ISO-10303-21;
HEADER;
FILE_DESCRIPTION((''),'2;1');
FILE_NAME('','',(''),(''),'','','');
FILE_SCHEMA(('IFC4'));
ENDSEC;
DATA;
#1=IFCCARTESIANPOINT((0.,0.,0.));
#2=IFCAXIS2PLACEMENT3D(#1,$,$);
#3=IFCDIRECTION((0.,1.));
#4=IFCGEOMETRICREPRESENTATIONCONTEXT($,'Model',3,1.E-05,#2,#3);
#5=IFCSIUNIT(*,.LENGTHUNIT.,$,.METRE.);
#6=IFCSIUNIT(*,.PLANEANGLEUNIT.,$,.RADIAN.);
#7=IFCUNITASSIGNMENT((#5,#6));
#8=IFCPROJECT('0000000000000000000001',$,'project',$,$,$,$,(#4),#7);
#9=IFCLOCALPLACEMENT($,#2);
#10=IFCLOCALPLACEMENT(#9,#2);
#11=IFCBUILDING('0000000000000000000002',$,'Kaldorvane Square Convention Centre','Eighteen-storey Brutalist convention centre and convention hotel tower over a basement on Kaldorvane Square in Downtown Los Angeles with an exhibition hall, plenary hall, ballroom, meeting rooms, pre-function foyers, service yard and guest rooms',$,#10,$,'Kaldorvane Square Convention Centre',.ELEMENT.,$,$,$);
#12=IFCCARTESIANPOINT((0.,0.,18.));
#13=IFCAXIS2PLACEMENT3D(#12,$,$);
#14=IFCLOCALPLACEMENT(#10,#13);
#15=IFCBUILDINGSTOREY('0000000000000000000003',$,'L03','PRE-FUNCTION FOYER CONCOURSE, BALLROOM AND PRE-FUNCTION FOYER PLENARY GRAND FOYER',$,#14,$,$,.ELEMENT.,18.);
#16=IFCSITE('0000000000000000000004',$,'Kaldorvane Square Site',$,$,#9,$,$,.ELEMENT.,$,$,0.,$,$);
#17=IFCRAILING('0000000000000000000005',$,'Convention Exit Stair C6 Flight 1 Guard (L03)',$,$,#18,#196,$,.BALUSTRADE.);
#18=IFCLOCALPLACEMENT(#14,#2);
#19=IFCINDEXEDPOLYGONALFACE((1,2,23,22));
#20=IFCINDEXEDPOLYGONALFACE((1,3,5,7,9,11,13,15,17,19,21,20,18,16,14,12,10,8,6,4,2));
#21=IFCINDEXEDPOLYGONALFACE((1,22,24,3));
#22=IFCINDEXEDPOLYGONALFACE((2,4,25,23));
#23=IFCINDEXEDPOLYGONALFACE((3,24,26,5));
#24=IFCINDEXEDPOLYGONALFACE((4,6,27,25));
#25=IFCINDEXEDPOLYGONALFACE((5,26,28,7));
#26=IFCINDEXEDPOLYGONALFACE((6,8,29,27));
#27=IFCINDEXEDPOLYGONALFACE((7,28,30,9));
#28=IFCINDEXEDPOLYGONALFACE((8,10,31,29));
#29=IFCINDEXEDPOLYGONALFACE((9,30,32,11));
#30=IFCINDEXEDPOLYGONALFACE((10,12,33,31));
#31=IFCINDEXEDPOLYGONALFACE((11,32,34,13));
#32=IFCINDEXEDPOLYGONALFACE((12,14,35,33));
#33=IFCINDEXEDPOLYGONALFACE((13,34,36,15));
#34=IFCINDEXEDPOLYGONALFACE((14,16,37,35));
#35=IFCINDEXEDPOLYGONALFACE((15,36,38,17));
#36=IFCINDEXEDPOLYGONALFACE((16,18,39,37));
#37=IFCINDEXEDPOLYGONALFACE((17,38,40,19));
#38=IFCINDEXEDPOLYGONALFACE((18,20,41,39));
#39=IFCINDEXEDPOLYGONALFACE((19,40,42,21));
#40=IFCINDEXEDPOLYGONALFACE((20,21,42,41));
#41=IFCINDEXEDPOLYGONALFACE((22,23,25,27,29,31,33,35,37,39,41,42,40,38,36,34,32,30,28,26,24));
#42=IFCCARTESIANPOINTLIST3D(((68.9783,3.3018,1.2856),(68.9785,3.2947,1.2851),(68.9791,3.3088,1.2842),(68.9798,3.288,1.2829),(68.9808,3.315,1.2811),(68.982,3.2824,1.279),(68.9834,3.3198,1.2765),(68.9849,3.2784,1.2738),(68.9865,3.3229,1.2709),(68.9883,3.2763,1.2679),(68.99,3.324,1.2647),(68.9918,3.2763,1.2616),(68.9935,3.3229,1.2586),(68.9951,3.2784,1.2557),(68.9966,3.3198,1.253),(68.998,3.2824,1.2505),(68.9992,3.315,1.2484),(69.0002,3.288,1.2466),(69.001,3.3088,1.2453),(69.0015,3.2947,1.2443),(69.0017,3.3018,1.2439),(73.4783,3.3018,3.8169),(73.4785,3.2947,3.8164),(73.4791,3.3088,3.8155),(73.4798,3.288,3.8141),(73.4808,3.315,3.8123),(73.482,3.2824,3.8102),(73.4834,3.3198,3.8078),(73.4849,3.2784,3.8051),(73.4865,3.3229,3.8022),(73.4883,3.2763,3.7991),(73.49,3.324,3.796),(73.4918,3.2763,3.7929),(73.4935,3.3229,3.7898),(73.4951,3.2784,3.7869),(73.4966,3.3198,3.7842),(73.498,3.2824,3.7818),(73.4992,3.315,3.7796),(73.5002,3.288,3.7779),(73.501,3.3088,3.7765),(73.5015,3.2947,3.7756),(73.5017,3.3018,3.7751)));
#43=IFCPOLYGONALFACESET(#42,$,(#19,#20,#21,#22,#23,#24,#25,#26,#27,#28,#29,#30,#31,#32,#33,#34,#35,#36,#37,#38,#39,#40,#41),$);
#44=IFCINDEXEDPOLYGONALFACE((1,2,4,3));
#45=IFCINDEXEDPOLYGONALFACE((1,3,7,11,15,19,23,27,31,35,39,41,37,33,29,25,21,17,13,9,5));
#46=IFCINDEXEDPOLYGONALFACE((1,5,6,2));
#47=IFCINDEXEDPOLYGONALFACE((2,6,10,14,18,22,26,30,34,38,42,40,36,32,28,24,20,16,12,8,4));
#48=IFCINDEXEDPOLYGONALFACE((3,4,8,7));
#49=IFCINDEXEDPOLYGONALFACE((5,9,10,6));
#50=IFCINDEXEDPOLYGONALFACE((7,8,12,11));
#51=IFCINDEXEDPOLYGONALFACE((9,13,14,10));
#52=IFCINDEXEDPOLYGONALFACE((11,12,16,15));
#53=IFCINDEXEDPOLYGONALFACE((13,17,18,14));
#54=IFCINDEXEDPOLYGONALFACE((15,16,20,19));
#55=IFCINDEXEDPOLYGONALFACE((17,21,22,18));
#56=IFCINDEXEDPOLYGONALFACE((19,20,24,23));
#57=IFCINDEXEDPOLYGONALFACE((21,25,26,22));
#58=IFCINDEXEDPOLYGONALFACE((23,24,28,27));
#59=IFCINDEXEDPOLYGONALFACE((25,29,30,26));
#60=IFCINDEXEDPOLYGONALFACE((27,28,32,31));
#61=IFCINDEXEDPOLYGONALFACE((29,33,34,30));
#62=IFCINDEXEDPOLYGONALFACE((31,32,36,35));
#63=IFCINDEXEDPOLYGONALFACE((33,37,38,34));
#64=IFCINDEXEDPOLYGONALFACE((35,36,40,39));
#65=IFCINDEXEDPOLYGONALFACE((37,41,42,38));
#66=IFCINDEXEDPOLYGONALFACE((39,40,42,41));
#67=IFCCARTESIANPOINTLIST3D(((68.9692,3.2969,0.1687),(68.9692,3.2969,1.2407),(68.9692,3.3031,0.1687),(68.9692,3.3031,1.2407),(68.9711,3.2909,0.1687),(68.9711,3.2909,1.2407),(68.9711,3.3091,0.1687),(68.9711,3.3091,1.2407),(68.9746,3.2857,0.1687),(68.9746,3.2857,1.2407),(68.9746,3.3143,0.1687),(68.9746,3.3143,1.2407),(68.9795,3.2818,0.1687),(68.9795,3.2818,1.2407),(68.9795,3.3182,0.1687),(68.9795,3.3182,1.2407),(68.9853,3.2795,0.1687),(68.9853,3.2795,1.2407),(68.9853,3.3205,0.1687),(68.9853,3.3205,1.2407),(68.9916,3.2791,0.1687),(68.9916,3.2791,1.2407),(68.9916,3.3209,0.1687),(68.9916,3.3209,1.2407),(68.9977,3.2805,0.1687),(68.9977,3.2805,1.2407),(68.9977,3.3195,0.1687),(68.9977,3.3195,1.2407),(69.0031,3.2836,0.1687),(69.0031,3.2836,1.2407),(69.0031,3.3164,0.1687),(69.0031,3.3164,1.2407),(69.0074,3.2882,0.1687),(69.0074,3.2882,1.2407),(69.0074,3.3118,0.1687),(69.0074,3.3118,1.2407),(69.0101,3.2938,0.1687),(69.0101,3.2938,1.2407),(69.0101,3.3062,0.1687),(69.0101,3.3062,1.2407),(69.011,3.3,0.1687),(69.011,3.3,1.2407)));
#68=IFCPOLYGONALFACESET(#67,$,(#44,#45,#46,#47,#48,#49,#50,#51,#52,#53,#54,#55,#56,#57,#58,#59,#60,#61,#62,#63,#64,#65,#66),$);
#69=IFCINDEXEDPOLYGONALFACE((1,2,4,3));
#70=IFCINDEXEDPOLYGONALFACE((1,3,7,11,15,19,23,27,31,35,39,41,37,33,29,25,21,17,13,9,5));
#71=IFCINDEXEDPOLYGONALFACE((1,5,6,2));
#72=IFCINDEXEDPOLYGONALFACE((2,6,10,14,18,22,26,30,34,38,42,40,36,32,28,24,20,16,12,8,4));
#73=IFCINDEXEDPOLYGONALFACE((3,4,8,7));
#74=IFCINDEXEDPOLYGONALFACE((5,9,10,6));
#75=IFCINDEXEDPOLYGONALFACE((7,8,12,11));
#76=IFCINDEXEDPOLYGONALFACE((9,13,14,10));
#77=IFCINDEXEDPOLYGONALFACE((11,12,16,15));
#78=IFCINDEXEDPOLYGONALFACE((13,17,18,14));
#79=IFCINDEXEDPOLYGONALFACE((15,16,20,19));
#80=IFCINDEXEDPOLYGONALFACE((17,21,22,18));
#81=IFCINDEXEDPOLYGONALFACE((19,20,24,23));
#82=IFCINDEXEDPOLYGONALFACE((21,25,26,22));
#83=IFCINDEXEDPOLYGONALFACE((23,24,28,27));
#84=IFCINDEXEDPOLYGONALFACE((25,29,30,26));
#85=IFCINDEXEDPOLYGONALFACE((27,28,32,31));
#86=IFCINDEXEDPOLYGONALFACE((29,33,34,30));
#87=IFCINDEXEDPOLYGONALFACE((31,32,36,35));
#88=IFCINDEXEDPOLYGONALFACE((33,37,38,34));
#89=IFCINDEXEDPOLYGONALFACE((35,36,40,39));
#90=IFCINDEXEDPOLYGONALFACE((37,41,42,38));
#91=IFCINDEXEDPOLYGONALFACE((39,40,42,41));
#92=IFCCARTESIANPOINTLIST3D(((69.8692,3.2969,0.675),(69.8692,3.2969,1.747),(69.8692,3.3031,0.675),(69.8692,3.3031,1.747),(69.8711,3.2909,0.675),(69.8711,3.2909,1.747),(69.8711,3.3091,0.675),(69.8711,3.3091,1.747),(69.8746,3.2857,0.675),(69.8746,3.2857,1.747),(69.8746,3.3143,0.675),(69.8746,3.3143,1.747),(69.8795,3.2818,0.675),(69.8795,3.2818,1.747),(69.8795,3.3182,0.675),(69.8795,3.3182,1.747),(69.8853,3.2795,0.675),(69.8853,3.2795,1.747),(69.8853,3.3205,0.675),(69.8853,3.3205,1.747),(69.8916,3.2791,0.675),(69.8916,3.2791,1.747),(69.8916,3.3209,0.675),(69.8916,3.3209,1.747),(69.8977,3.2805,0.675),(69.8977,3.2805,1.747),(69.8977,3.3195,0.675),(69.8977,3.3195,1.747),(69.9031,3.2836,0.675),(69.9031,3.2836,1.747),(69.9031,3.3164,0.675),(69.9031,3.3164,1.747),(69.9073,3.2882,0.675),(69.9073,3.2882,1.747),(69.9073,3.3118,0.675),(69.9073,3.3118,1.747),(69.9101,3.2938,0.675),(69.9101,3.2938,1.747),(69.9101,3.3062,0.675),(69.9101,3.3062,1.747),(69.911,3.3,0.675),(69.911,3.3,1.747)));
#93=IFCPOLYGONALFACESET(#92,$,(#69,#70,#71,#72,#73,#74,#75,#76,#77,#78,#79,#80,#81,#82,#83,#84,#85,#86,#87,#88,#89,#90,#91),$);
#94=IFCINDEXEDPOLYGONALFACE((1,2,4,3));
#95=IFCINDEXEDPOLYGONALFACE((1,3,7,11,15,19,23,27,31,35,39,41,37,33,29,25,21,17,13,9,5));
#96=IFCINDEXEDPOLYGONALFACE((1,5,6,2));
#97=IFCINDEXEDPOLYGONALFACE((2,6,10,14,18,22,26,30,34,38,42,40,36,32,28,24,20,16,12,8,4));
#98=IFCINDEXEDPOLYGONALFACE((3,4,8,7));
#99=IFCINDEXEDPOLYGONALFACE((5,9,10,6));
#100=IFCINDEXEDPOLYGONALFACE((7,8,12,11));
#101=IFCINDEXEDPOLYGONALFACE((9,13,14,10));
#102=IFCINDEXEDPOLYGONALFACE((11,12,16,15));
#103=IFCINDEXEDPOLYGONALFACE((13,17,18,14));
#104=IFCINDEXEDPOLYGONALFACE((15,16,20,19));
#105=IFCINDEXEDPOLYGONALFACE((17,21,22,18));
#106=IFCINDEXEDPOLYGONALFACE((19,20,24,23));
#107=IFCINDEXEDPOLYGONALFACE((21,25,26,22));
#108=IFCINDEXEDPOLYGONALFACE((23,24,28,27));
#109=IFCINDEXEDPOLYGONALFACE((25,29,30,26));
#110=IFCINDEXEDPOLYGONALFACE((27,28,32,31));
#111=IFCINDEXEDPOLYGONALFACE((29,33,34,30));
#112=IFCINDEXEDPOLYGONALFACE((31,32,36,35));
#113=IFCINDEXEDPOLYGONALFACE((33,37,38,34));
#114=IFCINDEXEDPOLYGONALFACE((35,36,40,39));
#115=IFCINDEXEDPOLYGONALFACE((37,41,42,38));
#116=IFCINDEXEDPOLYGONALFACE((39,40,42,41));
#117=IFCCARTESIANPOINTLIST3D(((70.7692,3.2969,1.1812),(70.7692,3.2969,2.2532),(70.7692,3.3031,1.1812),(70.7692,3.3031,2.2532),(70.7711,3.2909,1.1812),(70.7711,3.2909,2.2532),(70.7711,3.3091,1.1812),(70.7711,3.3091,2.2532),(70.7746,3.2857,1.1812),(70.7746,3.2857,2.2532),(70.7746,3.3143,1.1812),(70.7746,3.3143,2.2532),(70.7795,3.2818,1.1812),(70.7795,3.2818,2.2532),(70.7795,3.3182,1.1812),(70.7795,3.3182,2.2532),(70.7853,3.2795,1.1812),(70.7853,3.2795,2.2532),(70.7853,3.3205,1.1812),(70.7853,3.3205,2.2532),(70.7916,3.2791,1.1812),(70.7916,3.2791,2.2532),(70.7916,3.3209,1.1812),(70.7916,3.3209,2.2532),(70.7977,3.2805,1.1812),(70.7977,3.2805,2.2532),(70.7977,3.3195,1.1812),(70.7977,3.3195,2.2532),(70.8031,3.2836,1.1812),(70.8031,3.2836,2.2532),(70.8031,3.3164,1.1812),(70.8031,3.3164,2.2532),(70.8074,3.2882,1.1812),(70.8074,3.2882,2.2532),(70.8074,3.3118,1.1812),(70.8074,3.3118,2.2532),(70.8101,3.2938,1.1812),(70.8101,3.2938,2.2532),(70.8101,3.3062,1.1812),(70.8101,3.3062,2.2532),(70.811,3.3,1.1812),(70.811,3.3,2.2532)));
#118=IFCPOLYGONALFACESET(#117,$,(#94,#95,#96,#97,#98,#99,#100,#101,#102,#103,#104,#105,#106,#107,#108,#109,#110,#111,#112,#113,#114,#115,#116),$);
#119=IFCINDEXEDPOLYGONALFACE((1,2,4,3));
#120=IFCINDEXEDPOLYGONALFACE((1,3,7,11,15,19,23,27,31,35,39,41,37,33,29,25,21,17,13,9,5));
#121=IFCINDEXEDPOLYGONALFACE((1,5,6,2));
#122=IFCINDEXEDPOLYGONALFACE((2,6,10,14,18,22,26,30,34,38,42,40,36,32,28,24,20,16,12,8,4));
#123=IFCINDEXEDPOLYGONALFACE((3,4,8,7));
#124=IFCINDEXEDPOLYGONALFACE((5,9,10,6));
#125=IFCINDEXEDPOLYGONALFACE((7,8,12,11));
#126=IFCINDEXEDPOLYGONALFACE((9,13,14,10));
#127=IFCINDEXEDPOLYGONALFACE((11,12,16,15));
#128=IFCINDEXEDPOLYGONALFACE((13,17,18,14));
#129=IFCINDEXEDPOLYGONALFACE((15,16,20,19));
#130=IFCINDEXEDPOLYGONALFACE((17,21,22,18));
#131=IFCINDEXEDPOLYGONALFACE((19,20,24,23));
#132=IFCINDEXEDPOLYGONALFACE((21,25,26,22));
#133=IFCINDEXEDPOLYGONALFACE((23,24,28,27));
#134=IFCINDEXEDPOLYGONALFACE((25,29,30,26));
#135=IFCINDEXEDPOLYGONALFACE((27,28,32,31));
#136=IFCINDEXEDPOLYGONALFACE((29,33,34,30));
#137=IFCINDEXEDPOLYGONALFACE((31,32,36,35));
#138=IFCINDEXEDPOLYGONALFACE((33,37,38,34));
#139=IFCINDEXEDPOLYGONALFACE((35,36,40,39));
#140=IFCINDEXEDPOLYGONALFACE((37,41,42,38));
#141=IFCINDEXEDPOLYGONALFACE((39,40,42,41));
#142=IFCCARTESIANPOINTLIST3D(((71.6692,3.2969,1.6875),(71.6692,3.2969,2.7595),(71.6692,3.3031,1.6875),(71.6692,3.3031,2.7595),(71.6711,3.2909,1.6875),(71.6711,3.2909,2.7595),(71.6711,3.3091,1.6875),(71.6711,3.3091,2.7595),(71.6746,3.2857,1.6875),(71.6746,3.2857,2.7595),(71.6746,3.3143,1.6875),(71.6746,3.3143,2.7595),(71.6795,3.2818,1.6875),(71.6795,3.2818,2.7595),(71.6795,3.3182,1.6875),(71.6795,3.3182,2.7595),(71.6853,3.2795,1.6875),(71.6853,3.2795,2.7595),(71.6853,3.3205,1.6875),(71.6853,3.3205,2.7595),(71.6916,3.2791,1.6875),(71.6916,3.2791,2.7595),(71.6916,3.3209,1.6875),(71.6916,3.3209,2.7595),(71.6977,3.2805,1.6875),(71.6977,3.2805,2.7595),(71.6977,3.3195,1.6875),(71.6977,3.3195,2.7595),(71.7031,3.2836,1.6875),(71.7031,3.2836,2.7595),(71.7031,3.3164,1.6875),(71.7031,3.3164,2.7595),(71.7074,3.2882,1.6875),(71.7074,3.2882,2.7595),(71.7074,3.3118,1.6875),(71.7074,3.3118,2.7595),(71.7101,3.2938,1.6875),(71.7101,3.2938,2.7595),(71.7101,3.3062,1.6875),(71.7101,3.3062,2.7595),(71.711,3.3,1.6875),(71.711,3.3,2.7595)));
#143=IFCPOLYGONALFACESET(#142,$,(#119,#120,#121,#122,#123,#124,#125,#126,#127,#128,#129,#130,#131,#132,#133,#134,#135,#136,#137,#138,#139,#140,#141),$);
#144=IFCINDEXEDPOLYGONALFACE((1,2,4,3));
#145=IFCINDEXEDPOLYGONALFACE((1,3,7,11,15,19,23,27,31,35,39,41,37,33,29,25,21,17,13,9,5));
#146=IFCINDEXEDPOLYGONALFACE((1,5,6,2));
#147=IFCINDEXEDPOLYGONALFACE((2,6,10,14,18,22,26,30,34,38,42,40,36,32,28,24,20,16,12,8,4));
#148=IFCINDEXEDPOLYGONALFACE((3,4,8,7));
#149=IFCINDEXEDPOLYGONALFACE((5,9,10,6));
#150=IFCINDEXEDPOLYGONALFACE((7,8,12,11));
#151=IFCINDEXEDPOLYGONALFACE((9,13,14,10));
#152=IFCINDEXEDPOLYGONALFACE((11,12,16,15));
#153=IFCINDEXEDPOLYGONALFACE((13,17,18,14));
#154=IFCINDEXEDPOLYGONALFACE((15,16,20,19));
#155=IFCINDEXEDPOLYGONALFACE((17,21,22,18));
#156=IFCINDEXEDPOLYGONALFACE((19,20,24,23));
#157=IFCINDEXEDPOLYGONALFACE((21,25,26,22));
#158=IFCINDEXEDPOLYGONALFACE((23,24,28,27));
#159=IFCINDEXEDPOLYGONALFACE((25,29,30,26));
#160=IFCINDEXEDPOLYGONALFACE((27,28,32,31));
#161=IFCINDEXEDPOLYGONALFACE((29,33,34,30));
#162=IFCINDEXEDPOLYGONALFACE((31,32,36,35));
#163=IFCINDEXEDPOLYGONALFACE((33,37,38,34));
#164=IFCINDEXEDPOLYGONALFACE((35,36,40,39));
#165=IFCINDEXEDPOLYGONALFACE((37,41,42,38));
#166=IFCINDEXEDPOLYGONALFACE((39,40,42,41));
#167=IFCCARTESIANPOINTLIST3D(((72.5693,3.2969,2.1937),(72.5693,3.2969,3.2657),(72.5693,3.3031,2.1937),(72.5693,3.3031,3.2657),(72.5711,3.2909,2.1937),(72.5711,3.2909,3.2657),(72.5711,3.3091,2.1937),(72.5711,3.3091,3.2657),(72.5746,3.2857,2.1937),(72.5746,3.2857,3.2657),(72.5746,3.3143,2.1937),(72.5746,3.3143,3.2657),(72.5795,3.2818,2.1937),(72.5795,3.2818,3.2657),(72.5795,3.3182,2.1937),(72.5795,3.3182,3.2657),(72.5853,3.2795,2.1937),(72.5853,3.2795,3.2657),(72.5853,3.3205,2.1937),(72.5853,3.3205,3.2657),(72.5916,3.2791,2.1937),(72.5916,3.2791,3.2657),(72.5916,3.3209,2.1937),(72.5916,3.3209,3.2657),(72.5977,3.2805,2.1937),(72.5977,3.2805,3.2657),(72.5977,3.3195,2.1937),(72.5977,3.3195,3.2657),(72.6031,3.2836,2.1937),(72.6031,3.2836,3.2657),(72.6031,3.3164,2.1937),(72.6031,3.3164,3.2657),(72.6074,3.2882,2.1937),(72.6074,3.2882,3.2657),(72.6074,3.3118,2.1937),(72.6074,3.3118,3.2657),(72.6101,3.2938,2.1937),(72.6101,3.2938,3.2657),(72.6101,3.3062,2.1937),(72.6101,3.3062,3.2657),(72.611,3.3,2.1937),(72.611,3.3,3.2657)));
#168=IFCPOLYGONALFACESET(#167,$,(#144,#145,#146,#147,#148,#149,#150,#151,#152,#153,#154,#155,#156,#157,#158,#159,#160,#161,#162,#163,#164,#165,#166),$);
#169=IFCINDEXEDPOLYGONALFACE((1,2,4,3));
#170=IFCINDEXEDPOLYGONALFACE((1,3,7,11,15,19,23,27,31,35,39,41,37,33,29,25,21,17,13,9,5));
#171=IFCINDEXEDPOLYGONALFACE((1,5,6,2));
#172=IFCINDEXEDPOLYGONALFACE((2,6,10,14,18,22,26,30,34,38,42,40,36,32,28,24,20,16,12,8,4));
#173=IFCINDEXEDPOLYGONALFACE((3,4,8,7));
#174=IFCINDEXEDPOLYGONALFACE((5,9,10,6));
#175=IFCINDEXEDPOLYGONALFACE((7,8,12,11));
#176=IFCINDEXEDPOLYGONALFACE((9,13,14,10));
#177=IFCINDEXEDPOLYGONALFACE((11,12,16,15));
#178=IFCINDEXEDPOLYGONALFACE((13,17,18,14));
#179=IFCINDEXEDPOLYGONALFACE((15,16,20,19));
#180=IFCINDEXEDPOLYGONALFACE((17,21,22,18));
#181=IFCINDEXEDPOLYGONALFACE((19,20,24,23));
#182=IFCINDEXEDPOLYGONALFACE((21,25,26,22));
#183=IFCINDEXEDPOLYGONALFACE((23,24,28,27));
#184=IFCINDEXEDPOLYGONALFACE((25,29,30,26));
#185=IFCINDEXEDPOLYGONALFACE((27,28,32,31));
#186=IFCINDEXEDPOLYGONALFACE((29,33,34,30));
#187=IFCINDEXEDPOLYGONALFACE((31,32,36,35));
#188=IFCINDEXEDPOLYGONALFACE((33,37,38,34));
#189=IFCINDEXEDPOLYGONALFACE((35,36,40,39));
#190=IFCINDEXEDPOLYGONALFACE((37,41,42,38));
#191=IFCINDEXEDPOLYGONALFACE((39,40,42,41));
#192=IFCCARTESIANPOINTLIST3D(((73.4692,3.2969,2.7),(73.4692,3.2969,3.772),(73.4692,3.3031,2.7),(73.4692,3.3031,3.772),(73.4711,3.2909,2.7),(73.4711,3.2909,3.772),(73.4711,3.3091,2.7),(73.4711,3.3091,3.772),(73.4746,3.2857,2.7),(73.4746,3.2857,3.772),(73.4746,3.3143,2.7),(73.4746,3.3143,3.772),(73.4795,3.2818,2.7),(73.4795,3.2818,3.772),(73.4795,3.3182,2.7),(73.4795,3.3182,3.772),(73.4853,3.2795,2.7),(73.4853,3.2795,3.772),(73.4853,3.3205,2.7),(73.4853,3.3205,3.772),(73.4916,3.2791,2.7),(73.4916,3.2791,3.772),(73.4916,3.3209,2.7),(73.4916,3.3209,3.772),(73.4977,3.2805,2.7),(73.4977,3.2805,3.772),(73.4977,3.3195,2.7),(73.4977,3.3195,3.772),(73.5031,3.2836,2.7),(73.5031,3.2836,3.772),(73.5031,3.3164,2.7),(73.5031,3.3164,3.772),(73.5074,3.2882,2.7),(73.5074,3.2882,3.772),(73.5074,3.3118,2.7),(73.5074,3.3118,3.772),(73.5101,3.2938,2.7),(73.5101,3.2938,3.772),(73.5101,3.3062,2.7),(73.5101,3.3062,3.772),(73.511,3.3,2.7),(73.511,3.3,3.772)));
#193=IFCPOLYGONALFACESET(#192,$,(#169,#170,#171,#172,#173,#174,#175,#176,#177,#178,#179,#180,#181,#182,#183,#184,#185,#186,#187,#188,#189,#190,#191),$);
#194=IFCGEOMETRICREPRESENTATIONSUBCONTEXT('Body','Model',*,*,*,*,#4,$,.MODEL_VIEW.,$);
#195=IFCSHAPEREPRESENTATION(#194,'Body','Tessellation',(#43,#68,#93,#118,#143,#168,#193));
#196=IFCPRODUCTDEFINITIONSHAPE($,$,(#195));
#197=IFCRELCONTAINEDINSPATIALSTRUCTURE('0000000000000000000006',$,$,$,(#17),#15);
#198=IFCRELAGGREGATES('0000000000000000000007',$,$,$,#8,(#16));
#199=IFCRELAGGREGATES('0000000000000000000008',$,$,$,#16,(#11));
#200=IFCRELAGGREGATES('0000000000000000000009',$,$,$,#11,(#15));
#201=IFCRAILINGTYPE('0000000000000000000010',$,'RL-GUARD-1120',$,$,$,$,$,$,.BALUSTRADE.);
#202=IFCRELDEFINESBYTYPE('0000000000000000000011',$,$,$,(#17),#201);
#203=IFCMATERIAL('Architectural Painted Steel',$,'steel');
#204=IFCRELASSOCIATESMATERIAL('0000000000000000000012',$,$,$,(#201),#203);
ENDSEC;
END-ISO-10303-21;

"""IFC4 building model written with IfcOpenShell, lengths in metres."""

from ifc_helpers import new_model, si_unit, direction, frame, origin, origin_2d, place, context, subcontext, project, spatial, circle, extrude, material, type_object, element, save


model = new_model("IFC4")

# Units and contexts
model_context = context("Model", 3, precision=1e-05, world=origin(), true_north=direction((0.0, 1.0)))
body_context = subcontext(model_context, "Body", "Model", "MODEL_VIEW")
ifc_project = project(units=[si_unit("LENGTHUNIT", "METRE"), si_unit("PLANEANGLEUNIT", "RADIAN")], contexts=[model_context])

# Site, building, storey
site_placement = place(None, origin())
site = spatial("IfcSite", under=ifc_project, at=site_placement, Name="Kaldorvane Square Site", CompositionType="ELEMENT", RefElevation=0.0)
building_placement = place(site_placement, origin())
building = spatial("IfcBuilding", under=site, at=building_placement, Name="Kaldorvane Square Convention Centre", Description="Eighteen-storey Brutalist convention centre and convention hotel tower over a basement on Kaldorvane Square in Downtown Los Angeles with an exhibition hall, plenary hall, ballroom, meeting rooms, pre-function foyers, service yard and guest rooms", LongName="Kaldorvane Square Convention Centre", CompositionType="ELEMENT")
storey_placement = place(building_placement, frame((0.0, 0.0, 18.0)))
storey = spatial("IfcBuildingStorey", under=building, at=storey_placement, Name="L03", Description="PRE-FUNCTION FOYER CONCOURSE, BALLROOM AND PRE-FUNCTION FOYER PLENARY GRAND FOYER", CompositionType="ELEMENT", Elevation=18.0)

# Railing
ifc_material_1 = material(Name="Architectural Painted Steel", Category="steel")
railing_type_1 = type_object("IfcRailingType", Name="RL-GUARD-1120", PredefinedType="BALUSTRADE", material=ifc_material_1)
railing_1_placement = place(storey_placement, frame((68.99, 3.3, 0.1687)))
element("IfcRailing", 1, at=railing_1_placement, inside=storey, type_object=railing_type_1, Name="Convention Exit Stair C6 Flight 1 Guard (L03)", PredefinedType="BALUSTRADE", context=body_context, shape_type="SweptSolid", body=[
    extrude(circle(Radius=0.024, at=origin_2d()), frame((0.0, 0.0, 1.096), z_axis=(0.871576, 0.0, 0.490261), x_axis=(0.0, 1.0, 0.0)), (0.0, 0.0, 1.0), 5.1631),
    extrude(circle(Radius=0.021, at=origin_2d()), origin(), (0.0, 0.0, 1.0), 1.072),
    extrude(circle(Radius=0.021, at=origin_2d()), frame((0.9, 0.0, 0.5063)), (0.0, 0.0, 1.0), 1.072),
    extrude(circle(Radius=0.021, at=origin_2d()), frame((1.8, 0.0, 1.0125)), (0.0, 0.0, 1.0), 1.072),
    extrude(circle(Radius=0.021, at=origin_2d()), frame((2.7, 0.0, 1.5188)), (0.0, 0.0, 1.0), 1.072),
    extrude(circle(Radius=0.021, at=origin_2d()), frame((3.6, 0.0, 2.025)), (0.0, 0.0, 1.0), 1.072),
    extrude(circle(Radius=0.021, at=origin_2d()), frame((4.5, 0.0, 2.5312)), (0.0, 0.0, 1.0), 1.072),
])

save(model, "model.ifc")
